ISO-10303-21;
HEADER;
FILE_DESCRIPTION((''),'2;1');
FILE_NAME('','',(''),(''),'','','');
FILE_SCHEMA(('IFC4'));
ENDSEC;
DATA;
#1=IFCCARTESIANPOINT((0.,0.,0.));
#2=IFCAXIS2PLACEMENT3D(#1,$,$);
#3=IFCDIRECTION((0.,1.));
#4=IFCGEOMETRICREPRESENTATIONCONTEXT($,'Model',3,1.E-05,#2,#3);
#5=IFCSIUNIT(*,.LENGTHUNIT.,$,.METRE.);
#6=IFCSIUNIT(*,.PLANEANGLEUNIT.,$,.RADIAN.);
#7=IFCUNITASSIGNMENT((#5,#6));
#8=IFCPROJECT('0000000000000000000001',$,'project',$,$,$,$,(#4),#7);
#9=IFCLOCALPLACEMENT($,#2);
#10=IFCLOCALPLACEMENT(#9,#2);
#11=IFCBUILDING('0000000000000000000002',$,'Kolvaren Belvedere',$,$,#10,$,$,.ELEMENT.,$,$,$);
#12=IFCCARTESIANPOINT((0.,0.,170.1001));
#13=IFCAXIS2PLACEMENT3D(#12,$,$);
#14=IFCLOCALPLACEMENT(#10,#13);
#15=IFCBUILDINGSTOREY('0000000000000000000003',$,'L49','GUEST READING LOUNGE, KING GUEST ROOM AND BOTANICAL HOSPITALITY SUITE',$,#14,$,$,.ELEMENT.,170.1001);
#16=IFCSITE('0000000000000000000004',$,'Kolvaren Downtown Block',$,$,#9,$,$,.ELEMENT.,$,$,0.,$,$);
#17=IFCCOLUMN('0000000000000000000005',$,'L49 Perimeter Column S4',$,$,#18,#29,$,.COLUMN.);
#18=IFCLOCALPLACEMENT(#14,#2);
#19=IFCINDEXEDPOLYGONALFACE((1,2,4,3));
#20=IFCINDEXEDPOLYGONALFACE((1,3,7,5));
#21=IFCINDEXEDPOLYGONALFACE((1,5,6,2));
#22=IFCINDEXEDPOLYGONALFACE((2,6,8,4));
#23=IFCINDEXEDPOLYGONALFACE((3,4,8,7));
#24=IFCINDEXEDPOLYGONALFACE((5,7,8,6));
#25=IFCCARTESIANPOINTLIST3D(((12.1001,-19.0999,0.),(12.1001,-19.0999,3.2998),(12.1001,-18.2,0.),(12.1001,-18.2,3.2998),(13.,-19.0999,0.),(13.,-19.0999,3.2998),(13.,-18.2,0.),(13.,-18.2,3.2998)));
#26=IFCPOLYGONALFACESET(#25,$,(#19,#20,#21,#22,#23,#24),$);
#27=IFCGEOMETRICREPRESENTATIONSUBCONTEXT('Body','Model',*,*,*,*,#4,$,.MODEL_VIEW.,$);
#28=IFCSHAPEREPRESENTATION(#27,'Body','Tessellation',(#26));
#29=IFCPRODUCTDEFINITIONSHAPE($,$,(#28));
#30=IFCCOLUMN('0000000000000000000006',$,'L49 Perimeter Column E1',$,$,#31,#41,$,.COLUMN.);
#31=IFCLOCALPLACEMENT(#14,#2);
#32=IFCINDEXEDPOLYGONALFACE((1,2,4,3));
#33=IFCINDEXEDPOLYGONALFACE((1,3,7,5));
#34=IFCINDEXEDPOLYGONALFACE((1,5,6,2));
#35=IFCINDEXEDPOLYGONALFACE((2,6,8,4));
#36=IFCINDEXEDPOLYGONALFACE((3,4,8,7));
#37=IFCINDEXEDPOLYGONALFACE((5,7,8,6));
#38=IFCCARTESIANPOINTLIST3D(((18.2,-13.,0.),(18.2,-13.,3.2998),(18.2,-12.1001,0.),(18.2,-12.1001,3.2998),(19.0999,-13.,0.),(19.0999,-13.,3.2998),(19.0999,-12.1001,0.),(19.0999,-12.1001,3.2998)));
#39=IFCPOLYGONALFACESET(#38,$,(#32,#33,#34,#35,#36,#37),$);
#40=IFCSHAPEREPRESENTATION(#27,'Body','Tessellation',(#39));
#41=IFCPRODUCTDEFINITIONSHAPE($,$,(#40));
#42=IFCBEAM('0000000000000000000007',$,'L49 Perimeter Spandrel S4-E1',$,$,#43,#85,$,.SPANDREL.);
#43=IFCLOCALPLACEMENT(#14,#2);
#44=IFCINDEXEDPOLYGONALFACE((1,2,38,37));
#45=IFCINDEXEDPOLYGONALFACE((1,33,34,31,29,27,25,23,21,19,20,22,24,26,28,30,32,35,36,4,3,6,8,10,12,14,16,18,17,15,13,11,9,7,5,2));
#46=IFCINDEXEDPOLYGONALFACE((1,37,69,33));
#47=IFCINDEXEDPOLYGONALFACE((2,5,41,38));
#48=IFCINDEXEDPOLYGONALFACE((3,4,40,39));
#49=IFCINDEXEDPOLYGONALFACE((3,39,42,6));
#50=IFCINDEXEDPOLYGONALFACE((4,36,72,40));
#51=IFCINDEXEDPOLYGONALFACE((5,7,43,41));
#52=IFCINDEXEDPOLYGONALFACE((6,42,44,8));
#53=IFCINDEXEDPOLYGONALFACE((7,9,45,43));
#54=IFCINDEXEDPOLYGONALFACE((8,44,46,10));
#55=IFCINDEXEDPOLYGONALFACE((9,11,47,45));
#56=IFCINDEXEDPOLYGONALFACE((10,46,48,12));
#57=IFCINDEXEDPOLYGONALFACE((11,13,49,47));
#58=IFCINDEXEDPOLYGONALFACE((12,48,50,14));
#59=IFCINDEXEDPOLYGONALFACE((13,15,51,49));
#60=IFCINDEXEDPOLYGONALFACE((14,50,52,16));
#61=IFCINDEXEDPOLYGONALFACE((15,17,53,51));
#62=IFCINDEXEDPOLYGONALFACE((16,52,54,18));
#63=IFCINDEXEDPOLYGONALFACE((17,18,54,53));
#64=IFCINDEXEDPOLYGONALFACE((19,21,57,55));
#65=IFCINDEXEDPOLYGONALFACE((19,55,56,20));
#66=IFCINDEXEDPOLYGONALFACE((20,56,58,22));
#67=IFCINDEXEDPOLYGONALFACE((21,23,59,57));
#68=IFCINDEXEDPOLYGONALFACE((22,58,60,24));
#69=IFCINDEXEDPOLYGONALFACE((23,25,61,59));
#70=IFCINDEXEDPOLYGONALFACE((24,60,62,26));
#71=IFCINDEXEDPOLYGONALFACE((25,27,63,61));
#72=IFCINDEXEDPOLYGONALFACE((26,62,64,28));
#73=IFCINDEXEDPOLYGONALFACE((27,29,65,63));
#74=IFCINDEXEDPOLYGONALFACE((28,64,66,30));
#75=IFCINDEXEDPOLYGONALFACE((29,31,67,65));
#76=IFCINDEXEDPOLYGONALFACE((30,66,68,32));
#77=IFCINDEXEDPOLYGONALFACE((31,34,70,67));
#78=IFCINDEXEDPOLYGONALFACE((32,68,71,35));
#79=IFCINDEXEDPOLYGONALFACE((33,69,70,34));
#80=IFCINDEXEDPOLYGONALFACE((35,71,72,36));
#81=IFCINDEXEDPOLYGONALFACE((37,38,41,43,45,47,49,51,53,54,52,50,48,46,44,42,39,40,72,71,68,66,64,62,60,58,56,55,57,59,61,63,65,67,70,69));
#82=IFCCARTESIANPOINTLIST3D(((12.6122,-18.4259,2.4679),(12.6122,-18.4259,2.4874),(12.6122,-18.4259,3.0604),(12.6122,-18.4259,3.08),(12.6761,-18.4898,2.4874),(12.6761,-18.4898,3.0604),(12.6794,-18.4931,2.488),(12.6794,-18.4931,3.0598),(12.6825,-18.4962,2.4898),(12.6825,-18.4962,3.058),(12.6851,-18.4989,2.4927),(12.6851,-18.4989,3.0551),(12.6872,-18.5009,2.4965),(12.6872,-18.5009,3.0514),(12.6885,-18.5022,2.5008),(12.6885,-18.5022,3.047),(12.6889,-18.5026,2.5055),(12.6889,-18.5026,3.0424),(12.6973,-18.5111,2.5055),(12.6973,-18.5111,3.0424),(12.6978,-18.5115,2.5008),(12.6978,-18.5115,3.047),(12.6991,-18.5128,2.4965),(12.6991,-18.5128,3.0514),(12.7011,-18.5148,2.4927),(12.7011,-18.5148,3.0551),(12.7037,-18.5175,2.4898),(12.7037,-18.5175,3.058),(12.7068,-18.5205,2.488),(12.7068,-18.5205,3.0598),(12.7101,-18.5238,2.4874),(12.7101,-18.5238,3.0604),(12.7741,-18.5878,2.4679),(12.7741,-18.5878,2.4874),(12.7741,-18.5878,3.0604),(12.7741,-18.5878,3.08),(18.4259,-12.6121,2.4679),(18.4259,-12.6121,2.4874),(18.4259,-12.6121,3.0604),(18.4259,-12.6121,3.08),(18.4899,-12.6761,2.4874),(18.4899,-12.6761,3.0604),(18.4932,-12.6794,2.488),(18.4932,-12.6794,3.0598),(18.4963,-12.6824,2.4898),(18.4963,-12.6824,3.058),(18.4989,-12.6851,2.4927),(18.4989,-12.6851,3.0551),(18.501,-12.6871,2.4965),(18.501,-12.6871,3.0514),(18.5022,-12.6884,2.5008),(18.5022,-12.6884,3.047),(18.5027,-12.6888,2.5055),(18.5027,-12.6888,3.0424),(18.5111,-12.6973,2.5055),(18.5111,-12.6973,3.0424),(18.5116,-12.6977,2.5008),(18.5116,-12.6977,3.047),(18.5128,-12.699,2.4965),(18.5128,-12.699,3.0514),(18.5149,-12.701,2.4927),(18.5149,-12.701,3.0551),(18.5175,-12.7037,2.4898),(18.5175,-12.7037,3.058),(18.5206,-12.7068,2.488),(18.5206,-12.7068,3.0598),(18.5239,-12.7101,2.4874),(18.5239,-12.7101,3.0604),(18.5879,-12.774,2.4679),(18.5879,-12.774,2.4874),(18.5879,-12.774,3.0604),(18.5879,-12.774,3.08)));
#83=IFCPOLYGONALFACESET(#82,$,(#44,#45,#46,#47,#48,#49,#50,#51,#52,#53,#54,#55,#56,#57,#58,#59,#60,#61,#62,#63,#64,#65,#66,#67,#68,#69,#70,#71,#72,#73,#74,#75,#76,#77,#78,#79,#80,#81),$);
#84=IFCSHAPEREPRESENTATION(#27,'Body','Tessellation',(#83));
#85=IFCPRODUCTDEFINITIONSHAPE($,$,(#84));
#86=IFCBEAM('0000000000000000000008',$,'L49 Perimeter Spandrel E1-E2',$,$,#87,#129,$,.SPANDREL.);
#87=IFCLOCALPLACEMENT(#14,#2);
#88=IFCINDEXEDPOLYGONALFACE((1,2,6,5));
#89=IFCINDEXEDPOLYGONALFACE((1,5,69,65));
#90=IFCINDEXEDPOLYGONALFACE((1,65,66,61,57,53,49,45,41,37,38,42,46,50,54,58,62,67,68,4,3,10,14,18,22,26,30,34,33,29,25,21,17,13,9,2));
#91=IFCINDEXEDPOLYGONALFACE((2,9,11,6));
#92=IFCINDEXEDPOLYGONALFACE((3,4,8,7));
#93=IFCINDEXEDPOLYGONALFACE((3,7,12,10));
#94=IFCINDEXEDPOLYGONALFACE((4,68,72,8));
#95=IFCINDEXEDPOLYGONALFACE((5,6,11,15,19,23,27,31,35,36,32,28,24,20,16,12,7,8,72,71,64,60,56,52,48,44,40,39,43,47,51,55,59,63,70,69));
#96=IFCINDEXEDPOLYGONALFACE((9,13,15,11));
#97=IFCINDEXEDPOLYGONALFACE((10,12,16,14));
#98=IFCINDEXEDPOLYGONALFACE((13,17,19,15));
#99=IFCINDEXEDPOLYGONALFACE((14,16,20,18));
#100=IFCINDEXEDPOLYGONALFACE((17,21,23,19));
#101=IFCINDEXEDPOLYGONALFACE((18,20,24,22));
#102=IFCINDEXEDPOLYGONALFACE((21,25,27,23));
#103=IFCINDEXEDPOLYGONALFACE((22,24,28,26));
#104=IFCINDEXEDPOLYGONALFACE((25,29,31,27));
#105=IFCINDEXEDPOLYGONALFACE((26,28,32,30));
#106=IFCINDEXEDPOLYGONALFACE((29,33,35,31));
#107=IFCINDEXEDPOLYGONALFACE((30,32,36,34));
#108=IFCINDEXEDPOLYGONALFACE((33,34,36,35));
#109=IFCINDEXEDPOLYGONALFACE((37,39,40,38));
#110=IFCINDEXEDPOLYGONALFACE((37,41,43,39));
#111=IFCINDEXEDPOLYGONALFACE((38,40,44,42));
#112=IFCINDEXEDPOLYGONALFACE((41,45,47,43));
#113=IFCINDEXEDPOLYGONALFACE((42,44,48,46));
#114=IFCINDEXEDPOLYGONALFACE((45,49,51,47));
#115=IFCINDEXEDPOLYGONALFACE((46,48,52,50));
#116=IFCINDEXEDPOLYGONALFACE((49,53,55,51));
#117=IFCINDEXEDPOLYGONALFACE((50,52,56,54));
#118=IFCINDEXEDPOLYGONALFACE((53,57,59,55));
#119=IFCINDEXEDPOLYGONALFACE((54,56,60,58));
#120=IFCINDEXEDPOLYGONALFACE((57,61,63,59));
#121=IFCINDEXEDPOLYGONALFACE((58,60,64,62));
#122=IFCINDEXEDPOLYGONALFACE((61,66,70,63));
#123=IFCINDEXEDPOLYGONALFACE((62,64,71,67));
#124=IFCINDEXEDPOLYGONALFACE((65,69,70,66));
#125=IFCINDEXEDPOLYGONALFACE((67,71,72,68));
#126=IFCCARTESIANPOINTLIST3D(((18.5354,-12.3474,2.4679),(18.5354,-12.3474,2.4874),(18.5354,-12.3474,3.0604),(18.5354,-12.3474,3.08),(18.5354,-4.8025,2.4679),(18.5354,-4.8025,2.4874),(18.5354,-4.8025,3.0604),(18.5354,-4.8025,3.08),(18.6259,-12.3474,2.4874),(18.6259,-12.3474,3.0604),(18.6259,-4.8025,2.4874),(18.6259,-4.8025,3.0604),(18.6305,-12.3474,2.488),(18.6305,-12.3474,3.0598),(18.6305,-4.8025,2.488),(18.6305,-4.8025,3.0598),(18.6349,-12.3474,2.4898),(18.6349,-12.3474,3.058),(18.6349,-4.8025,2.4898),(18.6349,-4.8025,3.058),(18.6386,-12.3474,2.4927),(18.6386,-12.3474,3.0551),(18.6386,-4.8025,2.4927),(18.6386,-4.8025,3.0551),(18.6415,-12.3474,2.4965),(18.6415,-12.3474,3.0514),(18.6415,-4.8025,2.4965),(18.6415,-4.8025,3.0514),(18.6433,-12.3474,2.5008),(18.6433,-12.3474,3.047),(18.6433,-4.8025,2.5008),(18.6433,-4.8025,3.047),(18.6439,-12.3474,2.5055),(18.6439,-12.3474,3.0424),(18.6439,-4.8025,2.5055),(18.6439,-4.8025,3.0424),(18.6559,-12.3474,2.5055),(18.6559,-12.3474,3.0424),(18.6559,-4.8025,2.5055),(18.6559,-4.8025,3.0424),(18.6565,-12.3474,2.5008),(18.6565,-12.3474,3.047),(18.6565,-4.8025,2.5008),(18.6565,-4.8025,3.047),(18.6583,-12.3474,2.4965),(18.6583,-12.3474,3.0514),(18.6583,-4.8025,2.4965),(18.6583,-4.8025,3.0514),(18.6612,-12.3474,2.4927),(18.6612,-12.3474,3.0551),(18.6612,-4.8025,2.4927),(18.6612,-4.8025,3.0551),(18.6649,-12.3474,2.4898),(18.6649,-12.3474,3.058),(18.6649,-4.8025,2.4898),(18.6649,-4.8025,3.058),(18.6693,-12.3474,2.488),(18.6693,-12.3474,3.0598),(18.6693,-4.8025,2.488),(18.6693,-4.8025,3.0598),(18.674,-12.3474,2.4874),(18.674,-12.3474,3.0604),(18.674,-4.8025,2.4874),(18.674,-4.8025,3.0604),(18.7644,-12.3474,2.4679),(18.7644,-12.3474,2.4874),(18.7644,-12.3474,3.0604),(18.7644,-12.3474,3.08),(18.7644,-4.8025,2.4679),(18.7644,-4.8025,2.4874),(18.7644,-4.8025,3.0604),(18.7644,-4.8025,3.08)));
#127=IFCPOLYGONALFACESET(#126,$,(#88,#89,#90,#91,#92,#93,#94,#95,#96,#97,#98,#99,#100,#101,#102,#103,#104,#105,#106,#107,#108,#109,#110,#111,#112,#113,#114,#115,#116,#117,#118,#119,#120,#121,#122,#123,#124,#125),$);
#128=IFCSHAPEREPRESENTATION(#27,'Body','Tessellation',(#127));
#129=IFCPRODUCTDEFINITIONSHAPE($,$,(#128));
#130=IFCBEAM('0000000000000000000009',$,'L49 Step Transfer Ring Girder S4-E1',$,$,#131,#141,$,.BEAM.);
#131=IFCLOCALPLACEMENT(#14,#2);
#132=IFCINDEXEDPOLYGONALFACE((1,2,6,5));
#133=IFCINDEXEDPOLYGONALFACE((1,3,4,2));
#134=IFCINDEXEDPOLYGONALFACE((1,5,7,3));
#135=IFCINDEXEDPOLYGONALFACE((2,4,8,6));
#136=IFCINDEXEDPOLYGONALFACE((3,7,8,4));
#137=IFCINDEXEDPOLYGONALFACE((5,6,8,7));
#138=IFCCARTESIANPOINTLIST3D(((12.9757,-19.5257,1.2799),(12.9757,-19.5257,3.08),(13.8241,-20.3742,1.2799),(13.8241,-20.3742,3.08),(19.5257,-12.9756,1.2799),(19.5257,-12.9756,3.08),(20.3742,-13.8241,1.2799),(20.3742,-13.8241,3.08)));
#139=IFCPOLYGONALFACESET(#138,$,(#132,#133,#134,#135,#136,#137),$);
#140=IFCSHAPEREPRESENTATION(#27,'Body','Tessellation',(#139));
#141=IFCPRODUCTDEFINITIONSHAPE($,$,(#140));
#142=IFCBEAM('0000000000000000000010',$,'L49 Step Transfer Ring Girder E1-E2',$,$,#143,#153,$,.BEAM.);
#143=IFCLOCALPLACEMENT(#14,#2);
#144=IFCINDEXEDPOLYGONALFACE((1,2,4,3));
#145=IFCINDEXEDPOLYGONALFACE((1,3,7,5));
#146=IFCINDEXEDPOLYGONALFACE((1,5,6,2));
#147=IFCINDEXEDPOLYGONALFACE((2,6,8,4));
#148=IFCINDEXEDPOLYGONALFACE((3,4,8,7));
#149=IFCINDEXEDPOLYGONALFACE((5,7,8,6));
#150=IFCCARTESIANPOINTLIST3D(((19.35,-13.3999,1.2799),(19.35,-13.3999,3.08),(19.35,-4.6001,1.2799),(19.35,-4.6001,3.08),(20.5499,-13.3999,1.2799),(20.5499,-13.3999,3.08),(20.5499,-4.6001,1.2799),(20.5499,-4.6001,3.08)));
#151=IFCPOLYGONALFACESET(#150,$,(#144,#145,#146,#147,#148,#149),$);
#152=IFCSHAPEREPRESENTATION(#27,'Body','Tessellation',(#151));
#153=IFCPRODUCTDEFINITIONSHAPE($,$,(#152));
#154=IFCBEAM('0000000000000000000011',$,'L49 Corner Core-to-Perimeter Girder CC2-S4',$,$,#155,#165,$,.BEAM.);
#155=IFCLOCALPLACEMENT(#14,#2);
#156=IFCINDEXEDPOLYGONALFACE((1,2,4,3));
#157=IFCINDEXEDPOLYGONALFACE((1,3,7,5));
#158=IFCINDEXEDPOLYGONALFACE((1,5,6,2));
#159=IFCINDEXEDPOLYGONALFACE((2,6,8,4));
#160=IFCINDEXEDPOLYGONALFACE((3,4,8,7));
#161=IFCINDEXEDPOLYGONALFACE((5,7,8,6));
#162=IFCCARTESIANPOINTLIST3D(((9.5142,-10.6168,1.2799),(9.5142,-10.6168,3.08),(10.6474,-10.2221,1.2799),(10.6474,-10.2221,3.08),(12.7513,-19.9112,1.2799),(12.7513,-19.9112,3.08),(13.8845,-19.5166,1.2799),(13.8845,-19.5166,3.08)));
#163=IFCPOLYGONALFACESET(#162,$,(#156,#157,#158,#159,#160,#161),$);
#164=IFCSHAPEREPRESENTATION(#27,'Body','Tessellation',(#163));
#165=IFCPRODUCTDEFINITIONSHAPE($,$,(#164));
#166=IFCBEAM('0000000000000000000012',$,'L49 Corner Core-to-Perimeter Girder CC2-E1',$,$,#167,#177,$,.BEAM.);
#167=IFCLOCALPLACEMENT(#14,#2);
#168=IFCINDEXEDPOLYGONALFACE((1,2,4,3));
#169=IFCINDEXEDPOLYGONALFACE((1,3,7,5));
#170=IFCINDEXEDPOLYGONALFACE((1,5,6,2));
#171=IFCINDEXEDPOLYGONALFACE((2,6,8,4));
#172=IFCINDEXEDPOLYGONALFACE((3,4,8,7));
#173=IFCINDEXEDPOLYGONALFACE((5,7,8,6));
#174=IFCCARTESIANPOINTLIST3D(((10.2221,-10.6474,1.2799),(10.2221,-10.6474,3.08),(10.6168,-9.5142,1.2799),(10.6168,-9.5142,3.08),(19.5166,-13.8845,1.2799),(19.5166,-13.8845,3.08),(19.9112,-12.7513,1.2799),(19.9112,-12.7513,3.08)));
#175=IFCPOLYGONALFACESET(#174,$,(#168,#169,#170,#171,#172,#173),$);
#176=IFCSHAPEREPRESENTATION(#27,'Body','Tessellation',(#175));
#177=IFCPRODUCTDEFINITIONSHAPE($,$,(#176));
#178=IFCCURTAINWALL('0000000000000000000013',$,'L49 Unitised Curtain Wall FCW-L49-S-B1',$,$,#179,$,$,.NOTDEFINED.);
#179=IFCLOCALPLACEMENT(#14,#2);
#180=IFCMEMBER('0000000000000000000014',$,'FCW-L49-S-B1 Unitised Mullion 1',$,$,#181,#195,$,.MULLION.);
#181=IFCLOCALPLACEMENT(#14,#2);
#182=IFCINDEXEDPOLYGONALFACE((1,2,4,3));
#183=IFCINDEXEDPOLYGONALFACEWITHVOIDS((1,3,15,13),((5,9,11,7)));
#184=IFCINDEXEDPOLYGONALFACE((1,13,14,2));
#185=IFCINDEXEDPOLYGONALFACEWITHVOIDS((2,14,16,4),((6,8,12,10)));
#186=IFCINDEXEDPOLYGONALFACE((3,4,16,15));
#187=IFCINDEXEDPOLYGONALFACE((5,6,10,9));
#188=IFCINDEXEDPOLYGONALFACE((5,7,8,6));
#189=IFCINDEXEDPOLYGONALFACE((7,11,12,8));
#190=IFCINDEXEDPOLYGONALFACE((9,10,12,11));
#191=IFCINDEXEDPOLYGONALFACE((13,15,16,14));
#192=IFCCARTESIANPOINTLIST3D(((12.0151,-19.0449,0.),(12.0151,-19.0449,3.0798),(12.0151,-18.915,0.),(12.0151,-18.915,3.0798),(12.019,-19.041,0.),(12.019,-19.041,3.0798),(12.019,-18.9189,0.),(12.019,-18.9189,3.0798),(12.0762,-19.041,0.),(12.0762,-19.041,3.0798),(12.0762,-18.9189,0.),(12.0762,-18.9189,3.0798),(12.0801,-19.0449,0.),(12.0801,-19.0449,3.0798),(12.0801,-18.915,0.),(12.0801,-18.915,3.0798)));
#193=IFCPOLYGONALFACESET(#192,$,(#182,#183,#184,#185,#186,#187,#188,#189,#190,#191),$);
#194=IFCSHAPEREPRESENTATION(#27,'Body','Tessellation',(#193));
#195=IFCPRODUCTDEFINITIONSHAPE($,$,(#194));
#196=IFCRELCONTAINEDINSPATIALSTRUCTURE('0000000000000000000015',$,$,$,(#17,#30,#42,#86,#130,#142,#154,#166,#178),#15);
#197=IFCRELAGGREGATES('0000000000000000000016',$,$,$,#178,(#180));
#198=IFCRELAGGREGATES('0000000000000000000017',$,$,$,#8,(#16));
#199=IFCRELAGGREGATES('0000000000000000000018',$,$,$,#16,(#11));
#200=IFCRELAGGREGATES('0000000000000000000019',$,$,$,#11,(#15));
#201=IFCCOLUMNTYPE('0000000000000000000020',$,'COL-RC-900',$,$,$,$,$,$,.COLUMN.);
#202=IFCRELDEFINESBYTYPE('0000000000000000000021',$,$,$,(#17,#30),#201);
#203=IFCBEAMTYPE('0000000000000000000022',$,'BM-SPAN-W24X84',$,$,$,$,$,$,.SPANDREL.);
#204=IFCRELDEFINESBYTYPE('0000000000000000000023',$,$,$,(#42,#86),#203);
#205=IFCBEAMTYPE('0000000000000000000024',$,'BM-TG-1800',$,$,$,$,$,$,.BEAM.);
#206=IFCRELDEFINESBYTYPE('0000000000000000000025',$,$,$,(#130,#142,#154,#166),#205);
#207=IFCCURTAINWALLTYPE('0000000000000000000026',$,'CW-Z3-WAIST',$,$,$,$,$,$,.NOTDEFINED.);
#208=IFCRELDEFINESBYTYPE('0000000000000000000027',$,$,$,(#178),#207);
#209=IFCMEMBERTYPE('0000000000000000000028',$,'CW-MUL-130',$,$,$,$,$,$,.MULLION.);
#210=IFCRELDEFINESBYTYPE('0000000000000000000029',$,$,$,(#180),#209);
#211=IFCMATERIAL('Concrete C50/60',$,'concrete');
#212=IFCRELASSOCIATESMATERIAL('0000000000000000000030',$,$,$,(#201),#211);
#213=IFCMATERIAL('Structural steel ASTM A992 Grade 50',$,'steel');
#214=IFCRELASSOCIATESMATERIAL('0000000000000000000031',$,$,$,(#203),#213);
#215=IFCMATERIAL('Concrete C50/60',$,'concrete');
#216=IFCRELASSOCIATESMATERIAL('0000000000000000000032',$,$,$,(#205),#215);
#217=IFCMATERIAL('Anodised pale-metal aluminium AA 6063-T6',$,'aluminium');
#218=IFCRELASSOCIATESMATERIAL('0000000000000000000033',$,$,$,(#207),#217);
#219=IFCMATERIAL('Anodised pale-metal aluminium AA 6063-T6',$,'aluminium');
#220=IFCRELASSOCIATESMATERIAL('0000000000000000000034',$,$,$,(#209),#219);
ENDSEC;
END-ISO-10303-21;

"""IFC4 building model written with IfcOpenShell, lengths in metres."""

from ifc_helpers import new_model, si_unit, direction, frame, origin, origin_2d, place, context, subcontext, project, spatial, rectangle, hollow_rectangle, i_section, extrude, material, material_profile, profile_set, type_object, element, aggregate, save


model = new_model("IFC4")

# Units and contexts
model_context = context("Model", 3, precision=1e-05, world=origin(), true_north=direction((0.0, 1.0)))
body_context = subcontext(model_context, "Body", "Model", "MODEL_VIEW")
ifc_project = project(units=[si_unit("LENGTHUNIT", "METRE"), si_unit("PLANEANGLEUNIT", "RADIAN")], contexts=[model_context])

# Site, building, storey
site_placement = place(None, origin())
site = spatial("IfcSite", under=ifc_project, at=site_placement, Name="Kolvaren Downtown Block", CompositionType="ELEMENT", RefElevation=0.0)
building_placement = place(site_placement, origin())
building = spatial("IfcBuilding", under=site, at=building_placement, Name="Kolvaren Belvedere", CompositionType="ELEMENT")
storey_placement = place(building_placement, frame((0.0, 0.0, 170.1001)))
storey = spatial("IfcBuildingStorey", under=building, at=storey_placement, Name="L49", Description="GUEST READING LOUNGE, KING GUEST ROOM AND BOTANICAL HOSPITALITY SUITE", CompositionType="ELEMENT", Elevation=170.1001)

# Columns
ifc_material_1 = material(Name="Concrete C50/60", Category="concrete")
ifc_material_profile_1 = material_profile(ifc_material_1, rectangle(XDim=0.8999, YDim=0.8999, at=origin_2d()), Name="RC 900X900")
ifc_profile_set_1 = profile_set([ifc_material_profile_1], Name="Concrete C50/60")
column_type = type_object("IfcColumnType", Name="COL-RC-900", PredefinedType="COLUMN", material=ifc_profile_set_1)
for number, where, z_axis, x_axis, name in (
    (1, (12.55, -18.6499, 0.0), (0.0, 0.0, 1.0), (1.0, 0.0, 0.0), "L49 Perimeter Column S4"),
    (2, (18.6499, -12.55, 0.0), (0.0, 0.0, 1.0), (1.0, 0.0, 0.0), "L49 Perimeter Column E1"),
):
    element("IfcColumn", number, at=place(storey_placement, frame(where, z_axis=z_axis, x_axis=x_axis)), inside=storey, type_object=column_type, Name=name, PredefinedType="COLUMN", context=body_context, shape_type="SweptSolid", body=[
        extrude(rectangle(XDim=0.8999, YDim=0.8999, at=origin_2d()), origin(), (0.0, 0.0, 1.0), 3.2998),
    ])

# Beams
ifc_material_2 = material(Name="Structural steel ASTM A992 Grade 50", Category="steel")
ifc_material_profile_2 = material_profile(ifc_material_2, i_section(OverallWidth=0.229, OverallDepth=0.6121, WebThickness=0.012, FlangeThickness=0.0195, FilletRadius=0.0181, at=origin_2d()), Name="W24X84")
ifc_profile_set_2 = profile_set([ifc_material_profile_2], Name="Structural steel ASTM A992 Grade 50")
beam_type_1 = type_object("IfcBeamType", Name="BM-SPAN-W24X84", PredefinedType="SPANDREL", material=ifc_profile_set_2)
beam_1_placement = place(storey_placement, frame((12.6931, -18.5068, 2.7739), z_axis=(0.707107, 0.707107, 0.0), x_axis=(-0.707107, 0.707107, 0.0)))
element("IfcBeam", 3, at=beam_1_placement, inside=storey, type_object=beam_type_1, Name="L49 Perimeter Spandrel S4-E1", PredefinedType="SPANDREL", context=body_context, shape_type="SweptSolid", body=[
    extrude(i_section(OverallWidth=0.229, OverallDepth=0.6121, WebThickness=0.012, FlangeThickness=0.0195, FilletRadius=0.0181, at=origin_2d()), origin(), (0.0, 0.0, 1.0), 8.2219),
])
beam_2_placement = place(storey_placement, frame((18.6499, -12.3474, 2.7739), z_axis=(0.0, 1.0, 0.0), x_axis=(-1.0, 0.0, 0.0)))
element("IfcBeam", 4, at=beam_2_placement, inside=storey, type_object=beam_type_1, Name="L49 Perimeter Spandrel E1-E2", PredefinedType="SPANDREL", context=body_context, shape_type="SweptSolid", body=[
    extrude(i_section(OverallWidth=0.229, OverallDepth=0.6121, WebThickness=0.012, FlangeThickness=0.0195, FilletRadius=0.0181, at=origin_2d()), origin(), (0.0, 0.0, 1.0), 7.5449),
])
ifc_material_3 = material(Name="Concrete C50/60", Category="concrete")
ifc_material_profile_3 = material_profile(ifc_material_3, rectangle(XDim=1.2, YDim=1.8, at=origin_2d()), Name="RC 1200X1800")
ifc_profile_set_3 = profile_set([ifc_material_profile_3], Name="Concrete C50/60")
beam_type_2 = type_object("IfcBeamType", Name="BM-TG-1800", PredefinedType="BEAM", material=ifc_profile_set_3)
beam_3_placement = place(storey_placement, frame((13.3999, -19.95, 2.1799), z_axis=(0.707107, 0.707107, 0.0), x_axis=(-0.707107, 0.707107, 0.0)))
element("IfcBeam", 5, at=beam_3_placement, inside=storey, type_object=beam_type_2, Name="L49 Step Transfer Ring Girder S4-E1", PredefinedType="BEAM", context=body_context, shape_type="SweptSolid", body=[
    extrude(rectangle(XDim=1.2, YDim=1.8, at=origin_2d()), origin(), (0.0, 0.0, 1.0), 9.2632),
])
beam_4_placement = place(storey_placement, frame((19.95, -13.3999, 2.1799), z_axis=(0.0, 1.0, 0.0), x_axis=(-1.0, 0.0, 0.0)))
element("IfcBeam", 6, at=beam_4_placement, inside=storey, type_object=beam_type_2, Name="L49 Step Transfer Ring Girder E1-E2", PredefinedType="BEAM", context=body_context, shape_type="SweptSolid", body=[
    extrude(rectangle(XDim=1.2, YDim=1.8, at=origin_2d()), origin(), (0.0, 0.0, 1.0), 8.7998),
])
for number, where, z_axis, x_axis, name in (
    (7, (10.0808, -10.4194, 2.1799), (0.328903, -0.944364, 0.0), (0.944364, 0.328903, 0.0), "L49 Corner Core-to-Perimeter Girder CC2-S4"),
    (8, (10.4194, -10.0808, 2.1799), (0.944364, -0.328903, 0.0), (0.328903, 0.944364, 0.0), "L49 Corner Core-to-Perimeter Girder CC2-E1"),
):
    element("IfcBeam", number, at=place(storey_placement, frame(where, z_axis=z_axis, x_axis=x_axis)), inside=storey, type_object=beam_type_2, Name=name, PredefinedType="BEAM", context=body_context, shape_type="SweptSolid", body=[
        extrude(rectangle(XDim=1.2, YDim=1.8, at=origin_2d()), origin(), (0.0, 0.0, 1.0), 9.842),
    ])

# Curtain wall, member
ifc_material_4 = material(Name="Anodised pale-metal aluminium AA 6063-T6", Category="aluminium")
curtain_wall_type = type_object("IfcCurtainWallType", Name="CW-Z3-WAIST", PredefinedType="NOTDEFINED", material=ifc_material_4)
curtain_wall_1_placement = place(storey_placement, origin())
curtain_wall_1 = element("IfcCurtainWall", 9, at=curtain_wall_1_placement, inside=storey, type_object=curtain_wall_type, Name="L49 Unitised Curtain Wall FCW-L49-S-B1", PredefinedType="NOTDEFINED")
ifc_material_5 = material(Name="Anodised pale-metal aluminium AA 6063-T6", Category="aluminium")
ifc_material_profile_4 = material_profile(ifc_material_5, hollow_rectangle(XDim=0.0649, YDim=0.1299, WallThickness=0.0039, at=origin_2d()), Name="ALU-MUL-130X65")
ifc_profile_set_4 = profile_set([ifc_material_profile_4], Name="Anodised pale-metal aluminium AA 6063-T6")
member_type_1 = type_object("IfcMemberType", Name="CW-MUL-130", PredefinedType="MULLION", material=ifc_profile_set_4)
member_1_placement = place(storey_placement, frame((12.0476, -18.98, 0.0), z_axis=(0.0, 0.0, 1.0), x_axis=(1.0, 0.0, 0.0)))
member_1 = element("IfcMember", 10, at=member_1_placement, type_object=member_type_1, Name="FCW-L49-S-B1 Unitised Mullion 1", PredefinedType="MULLION", context=body_context, shape_type="SweptSolid", body=[
    extrude(hollow_rectangle(XDim=0.0649, YDim=0.1299, WallThickness=0.0039, at=origin_2d()), origin(), (0.0, 0.0, 1.0), 3.0798),
])

aggregate(curtain_wall_1, [member_1])

save(model, "model.ifc")
